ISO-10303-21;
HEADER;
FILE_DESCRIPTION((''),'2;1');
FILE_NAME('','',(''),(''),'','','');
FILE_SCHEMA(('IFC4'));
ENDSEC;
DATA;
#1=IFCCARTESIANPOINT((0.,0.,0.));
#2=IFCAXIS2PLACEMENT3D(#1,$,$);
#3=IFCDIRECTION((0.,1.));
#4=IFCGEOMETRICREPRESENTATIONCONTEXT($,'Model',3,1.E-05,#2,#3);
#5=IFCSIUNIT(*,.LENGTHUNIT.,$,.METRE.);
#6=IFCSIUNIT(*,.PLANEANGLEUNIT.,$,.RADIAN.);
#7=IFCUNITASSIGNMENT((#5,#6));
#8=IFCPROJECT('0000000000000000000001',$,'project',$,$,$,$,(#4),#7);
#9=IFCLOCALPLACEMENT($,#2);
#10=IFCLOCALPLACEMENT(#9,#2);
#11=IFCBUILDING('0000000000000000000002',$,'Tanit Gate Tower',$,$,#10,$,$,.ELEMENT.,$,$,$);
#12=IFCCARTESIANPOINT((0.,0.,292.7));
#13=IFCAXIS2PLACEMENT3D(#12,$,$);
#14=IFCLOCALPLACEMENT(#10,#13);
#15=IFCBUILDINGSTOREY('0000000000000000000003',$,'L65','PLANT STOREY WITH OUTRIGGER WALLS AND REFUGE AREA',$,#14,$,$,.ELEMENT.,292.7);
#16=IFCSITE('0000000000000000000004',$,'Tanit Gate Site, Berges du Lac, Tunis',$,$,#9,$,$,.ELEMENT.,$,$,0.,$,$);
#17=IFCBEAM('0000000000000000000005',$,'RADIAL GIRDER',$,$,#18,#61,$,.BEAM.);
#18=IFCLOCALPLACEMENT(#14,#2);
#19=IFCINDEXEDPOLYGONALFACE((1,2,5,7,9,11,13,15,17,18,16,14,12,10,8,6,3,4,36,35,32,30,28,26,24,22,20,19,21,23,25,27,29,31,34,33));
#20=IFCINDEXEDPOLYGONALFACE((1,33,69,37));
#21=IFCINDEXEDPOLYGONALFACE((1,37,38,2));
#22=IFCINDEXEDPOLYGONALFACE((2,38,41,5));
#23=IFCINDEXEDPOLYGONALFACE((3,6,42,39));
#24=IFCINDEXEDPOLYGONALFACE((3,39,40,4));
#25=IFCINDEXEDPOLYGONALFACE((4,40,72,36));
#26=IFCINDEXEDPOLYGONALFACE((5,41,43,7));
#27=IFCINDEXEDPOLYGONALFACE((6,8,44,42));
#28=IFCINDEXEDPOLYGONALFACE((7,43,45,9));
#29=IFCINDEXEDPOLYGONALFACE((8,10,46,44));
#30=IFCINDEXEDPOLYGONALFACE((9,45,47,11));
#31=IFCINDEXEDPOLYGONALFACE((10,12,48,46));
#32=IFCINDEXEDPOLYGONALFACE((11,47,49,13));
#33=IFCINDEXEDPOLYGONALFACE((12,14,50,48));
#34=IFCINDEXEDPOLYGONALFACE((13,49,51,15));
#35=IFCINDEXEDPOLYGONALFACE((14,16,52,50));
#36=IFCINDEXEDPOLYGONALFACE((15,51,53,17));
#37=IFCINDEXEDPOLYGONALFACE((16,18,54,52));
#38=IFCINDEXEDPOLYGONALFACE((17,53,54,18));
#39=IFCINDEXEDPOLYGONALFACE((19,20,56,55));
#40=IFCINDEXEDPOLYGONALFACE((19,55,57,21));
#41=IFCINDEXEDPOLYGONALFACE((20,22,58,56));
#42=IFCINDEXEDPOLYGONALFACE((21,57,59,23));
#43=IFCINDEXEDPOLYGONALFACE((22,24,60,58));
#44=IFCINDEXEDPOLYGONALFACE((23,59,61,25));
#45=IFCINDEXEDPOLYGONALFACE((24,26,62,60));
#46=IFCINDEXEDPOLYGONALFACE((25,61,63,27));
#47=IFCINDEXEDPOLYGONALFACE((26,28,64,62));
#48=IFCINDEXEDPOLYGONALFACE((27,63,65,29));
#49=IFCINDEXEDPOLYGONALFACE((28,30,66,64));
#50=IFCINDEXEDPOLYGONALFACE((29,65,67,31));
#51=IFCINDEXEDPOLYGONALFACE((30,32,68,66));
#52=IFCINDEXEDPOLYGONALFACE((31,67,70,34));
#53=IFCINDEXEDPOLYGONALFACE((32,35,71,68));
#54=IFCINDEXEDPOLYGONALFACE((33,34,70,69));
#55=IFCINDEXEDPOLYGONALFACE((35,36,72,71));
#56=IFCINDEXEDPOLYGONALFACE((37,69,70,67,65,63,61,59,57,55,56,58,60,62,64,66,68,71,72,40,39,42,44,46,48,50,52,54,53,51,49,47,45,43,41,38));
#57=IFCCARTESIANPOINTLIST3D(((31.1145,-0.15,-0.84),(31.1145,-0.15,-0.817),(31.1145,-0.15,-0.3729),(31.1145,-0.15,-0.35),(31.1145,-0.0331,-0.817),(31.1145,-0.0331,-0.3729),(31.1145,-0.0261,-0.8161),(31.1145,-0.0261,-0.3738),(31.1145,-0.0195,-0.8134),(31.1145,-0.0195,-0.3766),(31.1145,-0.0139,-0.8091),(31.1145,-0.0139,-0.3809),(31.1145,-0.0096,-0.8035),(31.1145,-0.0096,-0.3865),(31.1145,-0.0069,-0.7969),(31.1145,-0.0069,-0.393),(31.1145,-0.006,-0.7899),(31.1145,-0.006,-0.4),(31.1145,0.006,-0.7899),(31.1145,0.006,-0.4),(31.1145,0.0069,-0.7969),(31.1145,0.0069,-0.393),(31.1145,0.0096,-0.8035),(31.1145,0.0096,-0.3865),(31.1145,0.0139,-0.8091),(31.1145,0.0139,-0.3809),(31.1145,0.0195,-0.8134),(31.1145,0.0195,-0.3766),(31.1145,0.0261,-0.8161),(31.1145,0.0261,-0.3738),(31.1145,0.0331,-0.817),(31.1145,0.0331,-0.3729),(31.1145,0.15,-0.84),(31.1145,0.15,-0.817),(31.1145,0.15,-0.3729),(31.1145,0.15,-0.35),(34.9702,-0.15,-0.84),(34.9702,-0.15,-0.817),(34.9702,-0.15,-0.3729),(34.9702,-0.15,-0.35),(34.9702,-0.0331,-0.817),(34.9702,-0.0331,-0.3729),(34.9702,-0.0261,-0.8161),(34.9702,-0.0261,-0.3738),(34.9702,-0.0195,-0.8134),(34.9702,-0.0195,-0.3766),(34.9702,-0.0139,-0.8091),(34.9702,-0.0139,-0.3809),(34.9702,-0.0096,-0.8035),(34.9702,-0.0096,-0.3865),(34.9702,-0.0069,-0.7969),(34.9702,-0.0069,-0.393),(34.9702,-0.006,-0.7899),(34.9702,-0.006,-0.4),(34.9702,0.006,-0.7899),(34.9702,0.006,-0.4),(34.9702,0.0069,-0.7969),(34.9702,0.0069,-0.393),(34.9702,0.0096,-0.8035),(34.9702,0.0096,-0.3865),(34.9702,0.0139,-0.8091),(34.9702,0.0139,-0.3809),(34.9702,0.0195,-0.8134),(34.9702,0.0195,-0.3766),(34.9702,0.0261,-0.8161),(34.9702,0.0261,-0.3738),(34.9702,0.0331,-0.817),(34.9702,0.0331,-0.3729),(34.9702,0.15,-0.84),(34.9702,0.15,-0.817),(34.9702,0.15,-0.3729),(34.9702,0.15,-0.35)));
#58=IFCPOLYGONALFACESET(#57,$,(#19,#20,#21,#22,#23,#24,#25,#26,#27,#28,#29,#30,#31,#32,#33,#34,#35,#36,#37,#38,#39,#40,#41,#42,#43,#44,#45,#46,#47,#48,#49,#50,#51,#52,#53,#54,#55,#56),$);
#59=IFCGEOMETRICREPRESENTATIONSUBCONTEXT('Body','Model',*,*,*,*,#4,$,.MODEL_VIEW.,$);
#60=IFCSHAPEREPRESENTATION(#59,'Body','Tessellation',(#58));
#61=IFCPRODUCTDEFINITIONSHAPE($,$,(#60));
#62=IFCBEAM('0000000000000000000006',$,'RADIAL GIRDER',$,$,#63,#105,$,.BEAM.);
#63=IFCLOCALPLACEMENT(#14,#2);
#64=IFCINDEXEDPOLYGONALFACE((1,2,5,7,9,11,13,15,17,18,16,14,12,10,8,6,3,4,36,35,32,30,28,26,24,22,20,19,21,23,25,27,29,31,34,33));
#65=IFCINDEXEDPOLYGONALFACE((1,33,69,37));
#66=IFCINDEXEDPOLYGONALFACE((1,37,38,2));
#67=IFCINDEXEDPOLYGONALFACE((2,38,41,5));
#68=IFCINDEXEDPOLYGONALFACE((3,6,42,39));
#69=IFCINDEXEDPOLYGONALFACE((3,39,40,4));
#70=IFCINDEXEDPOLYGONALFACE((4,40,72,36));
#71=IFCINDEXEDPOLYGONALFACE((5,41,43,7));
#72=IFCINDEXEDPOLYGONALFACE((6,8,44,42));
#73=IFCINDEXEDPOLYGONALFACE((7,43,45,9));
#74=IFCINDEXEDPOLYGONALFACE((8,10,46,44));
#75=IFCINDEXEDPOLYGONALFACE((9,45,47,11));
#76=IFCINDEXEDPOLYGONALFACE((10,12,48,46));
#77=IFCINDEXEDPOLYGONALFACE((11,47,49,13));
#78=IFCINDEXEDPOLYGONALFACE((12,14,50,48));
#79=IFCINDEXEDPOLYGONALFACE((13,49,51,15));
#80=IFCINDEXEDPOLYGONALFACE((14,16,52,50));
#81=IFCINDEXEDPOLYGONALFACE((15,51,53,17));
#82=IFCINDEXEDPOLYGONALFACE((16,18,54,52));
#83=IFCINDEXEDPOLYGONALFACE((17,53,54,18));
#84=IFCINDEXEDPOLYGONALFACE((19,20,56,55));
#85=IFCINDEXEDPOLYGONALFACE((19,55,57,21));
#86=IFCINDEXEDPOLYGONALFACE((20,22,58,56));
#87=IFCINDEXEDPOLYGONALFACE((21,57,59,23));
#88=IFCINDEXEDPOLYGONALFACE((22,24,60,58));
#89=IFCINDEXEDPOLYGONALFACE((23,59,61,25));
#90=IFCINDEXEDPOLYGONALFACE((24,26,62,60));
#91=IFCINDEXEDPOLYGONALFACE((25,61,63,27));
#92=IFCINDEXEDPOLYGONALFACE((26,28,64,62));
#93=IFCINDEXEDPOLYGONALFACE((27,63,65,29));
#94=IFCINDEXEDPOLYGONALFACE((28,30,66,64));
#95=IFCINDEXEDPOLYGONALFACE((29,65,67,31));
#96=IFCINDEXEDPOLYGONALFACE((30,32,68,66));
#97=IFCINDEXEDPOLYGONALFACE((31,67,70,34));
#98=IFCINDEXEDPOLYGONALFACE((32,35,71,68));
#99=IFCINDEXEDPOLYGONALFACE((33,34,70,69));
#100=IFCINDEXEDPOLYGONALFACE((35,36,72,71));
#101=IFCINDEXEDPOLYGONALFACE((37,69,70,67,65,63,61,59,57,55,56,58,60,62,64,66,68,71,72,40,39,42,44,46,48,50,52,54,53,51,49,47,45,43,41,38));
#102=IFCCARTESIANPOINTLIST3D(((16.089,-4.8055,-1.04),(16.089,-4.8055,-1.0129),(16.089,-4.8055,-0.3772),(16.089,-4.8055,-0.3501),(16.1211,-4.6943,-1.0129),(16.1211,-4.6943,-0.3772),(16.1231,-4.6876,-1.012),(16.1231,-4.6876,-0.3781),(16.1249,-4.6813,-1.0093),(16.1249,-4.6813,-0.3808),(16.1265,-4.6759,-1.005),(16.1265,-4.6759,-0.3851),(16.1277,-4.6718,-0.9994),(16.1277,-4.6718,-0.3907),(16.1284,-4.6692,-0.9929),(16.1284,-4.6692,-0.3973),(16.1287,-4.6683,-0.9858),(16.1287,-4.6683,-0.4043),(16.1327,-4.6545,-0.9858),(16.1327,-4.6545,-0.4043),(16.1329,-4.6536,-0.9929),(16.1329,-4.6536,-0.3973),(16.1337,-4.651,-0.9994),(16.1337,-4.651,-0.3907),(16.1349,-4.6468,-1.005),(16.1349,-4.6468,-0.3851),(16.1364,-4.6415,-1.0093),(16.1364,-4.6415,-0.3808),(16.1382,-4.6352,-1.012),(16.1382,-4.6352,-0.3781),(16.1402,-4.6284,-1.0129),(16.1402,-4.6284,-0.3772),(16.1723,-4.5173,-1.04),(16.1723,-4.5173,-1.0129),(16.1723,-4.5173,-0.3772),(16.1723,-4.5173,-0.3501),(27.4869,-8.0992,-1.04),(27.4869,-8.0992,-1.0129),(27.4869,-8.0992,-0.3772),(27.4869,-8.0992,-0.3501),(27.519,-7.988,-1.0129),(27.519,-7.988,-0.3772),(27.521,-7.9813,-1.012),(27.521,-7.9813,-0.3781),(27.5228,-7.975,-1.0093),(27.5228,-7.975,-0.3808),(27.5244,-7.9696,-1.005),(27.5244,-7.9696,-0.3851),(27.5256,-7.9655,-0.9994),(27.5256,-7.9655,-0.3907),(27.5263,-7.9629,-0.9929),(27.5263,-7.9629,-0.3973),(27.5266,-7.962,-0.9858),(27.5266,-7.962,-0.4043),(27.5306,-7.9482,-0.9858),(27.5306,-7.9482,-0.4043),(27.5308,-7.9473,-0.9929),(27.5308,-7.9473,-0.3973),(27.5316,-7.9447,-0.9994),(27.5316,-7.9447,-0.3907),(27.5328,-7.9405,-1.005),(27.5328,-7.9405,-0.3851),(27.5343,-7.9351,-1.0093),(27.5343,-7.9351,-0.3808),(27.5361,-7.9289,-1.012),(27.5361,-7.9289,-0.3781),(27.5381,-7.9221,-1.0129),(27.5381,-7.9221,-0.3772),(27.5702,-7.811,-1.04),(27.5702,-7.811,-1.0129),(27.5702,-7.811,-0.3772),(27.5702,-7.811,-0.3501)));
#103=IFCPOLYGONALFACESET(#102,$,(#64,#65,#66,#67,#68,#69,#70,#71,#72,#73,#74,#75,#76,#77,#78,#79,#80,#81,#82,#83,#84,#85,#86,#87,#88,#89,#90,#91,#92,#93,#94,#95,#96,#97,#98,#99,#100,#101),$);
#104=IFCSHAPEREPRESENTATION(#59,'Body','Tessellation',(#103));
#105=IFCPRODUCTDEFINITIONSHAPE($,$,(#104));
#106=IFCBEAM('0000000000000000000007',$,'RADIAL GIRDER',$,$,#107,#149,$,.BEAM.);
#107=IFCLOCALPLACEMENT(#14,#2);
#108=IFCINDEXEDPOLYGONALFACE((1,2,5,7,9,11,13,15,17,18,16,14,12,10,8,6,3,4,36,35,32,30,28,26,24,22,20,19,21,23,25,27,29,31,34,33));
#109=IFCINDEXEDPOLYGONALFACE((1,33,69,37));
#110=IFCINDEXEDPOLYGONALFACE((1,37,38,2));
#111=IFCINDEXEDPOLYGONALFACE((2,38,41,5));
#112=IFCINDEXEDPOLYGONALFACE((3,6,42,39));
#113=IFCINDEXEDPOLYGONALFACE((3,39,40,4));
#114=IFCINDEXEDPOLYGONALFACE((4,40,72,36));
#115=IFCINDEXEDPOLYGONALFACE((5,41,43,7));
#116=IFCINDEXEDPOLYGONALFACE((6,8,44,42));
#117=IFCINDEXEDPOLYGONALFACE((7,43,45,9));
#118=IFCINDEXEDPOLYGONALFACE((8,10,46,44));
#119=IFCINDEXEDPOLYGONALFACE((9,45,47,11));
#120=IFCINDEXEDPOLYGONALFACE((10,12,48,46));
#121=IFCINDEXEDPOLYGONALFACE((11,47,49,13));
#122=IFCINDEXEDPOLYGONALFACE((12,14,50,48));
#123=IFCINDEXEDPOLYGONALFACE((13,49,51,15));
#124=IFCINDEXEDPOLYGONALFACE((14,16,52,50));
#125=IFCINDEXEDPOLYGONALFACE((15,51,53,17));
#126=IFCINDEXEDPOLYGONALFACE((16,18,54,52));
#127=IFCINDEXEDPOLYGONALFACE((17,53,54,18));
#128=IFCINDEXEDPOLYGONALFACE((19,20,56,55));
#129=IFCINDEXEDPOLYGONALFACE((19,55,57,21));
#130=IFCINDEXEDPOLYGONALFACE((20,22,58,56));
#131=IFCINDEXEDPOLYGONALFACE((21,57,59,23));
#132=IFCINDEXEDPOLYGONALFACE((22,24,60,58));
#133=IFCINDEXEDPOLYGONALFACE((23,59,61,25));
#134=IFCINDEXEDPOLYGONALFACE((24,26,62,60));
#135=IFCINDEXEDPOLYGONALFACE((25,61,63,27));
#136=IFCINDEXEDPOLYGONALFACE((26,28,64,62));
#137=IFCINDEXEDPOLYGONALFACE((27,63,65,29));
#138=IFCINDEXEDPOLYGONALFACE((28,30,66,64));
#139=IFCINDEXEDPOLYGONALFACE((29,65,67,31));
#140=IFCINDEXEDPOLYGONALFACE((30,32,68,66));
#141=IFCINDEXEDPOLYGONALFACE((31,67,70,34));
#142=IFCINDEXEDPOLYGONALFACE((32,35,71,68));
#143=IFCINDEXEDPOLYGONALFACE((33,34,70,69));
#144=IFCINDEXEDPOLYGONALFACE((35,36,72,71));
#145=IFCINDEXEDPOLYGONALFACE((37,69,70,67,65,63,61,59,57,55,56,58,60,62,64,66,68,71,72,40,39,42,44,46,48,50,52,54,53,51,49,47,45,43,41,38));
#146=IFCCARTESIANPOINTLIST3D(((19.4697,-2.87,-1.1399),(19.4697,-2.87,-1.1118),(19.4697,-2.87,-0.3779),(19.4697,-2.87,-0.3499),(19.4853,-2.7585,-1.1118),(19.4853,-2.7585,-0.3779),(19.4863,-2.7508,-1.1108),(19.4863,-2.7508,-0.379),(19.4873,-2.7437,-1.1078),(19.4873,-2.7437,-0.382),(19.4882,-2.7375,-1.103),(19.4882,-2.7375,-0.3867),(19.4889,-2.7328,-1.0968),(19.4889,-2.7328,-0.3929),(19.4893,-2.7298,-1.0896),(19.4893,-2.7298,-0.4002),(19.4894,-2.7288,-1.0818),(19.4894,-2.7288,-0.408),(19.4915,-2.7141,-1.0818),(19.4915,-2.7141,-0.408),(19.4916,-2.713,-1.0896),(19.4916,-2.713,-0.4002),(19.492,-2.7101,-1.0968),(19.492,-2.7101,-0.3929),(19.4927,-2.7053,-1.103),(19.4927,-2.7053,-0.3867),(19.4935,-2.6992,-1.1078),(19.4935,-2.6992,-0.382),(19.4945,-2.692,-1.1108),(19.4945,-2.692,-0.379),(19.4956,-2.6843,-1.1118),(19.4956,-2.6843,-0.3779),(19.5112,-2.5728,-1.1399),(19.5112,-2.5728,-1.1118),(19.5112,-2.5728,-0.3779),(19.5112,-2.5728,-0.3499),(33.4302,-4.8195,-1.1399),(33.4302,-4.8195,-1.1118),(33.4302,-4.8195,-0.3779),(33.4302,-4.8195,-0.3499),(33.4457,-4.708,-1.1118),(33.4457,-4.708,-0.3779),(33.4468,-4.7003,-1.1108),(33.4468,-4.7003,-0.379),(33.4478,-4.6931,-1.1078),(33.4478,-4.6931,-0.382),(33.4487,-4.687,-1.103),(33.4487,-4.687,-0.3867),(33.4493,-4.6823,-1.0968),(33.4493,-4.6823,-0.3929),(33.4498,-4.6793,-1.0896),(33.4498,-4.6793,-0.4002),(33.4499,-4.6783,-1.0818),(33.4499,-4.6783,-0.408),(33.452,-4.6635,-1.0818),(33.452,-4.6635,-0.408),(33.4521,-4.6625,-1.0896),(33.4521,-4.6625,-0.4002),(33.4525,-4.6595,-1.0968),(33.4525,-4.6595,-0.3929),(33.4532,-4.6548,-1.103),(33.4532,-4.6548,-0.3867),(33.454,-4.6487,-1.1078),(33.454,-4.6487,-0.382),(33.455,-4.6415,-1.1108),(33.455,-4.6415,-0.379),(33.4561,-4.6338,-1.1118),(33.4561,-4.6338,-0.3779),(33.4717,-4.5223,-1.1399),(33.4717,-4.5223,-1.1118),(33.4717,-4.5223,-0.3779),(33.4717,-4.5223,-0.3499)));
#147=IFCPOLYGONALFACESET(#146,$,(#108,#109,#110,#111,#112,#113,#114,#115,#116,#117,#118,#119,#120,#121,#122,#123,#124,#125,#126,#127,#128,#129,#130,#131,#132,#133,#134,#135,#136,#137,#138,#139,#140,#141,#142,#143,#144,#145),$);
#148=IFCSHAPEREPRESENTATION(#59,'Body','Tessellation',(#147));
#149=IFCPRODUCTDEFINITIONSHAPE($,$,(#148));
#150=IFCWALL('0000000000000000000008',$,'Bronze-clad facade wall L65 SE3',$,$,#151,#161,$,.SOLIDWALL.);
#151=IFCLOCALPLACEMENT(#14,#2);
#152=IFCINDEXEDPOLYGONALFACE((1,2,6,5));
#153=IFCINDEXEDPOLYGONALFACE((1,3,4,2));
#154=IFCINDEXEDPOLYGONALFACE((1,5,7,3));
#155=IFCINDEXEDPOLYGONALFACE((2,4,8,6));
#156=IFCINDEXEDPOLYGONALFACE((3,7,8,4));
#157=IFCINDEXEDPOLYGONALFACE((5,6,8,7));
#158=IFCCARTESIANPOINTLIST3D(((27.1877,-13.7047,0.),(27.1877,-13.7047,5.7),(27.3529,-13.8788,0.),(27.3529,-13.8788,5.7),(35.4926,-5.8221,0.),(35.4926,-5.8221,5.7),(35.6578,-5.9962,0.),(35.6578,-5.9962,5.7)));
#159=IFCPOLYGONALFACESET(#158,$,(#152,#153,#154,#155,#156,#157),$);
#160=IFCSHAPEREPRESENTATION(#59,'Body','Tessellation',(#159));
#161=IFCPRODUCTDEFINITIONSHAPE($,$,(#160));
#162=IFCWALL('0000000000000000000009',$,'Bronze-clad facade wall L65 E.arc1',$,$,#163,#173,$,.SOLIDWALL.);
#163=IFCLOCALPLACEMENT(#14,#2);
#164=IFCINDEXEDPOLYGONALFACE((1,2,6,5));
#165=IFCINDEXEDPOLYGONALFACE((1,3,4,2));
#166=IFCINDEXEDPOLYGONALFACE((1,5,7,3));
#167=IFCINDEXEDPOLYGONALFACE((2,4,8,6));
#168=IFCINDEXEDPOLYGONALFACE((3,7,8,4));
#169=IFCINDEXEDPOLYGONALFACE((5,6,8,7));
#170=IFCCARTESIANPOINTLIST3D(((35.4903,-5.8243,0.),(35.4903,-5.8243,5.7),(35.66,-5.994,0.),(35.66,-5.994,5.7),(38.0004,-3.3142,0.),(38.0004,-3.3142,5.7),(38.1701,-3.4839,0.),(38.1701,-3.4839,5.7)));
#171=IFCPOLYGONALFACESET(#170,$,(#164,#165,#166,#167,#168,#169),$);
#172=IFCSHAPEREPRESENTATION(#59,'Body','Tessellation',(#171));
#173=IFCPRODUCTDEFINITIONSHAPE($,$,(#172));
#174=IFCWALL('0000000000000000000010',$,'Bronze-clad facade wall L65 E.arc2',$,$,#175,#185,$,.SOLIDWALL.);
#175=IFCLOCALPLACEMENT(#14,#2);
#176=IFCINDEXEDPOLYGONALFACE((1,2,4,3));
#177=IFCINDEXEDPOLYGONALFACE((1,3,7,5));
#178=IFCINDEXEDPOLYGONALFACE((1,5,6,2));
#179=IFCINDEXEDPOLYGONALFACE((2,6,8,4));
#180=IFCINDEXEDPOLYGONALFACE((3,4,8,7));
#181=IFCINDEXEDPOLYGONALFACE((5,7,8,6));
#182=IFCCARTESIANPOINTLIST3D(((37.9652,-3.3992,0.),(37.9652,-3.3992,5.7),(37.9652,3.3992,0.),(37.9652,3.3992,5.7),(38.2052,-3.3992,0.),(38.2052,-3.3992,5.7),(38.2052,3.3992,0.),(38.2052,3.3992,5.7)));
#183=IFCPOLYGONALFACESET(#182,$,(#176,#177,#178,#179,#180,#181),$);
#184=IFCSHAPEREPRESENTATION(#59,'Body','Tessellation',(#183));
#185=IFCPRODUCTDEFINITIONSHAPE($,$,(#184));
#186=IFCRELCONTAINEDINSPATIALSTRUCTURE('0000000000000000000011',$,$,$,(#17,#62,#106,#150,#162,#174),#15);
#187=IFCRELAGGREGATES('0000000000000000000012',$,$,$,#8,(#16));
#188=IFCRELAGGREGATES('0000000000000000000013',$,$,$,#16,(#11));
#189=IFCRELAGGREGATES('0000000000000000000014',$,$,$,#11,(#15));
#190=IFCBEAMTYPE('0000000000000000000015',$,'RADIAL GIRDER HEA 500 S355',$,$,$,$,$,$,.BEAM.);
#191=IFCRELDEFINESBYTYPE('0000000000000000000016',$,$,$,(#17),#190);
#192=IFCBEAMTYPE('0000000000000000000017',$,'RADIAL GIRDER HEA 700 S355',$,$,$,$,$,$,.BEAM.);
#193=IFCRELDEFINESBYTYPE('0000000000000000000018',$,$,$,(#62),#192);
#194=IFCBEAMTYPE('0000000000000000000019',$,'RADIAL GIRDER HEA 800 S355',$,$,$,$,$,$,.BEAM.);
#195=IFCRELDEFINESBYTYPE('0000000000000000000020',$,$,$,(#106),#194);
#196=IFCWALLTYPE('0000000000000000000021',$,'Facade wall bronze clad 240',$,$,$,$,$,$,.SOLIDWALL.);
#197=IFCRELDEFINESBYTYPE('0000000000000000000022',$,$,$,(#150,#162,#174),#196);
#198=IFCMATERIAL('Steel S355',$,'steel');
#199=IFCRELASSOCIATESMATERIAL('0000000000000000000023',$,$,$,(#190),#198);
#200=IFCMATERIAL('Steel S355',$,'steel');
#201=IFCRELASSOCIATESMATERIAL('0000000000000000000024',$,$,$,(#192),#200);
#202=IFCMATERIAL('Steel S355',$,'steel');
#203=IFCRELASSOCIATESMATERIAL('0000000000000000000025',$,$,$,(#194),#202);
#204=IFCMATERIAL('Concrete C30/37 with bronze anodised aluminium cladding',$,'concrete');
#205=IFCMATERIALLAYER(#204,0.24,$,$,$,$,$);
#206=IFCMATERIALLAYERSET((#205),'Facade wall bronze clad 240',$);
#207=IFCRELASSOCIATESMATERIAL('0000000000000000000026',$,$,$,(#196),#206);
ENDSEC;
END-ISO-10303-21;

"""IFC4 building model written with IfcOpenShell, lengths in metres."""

from ifc_helpers import new_model, si_unit, direction, frame, frame_2d, origin, origin_2d, place, context, subcontext, project, spatial, rectangle, i_section, extrude, material, layer, layer_set, material_profile, profile_set, type_object, element, save


model = new_model("IFC4")

# Units and contexts
model_context = context("Model", 3, precision=1e-05, world=origin(), true_north=direction((0.0, 1.0)))
body_context = subcontext(model_context, "Body", "Model", "MODEL_VIEW")
ifc_project = project(units=[si_unit("LENGTHUNIT", "METRE"), si_unit("PLANEANGLEUNIT", "RADIAN")], contexts=[model_context])

# Site, building, storey
site_placement = place(None, origin())
site = spatial("IfcSite", under=ifc_project, at=site_placement, Name="Tanit Gate Site, Berges du Lac, Tunis", CompositionType="ELEMENT", RefElevation=0.0)
building_placement = place(site_placement, origin())
building = spatial("IfcBuilding", under=site, at=building_placement, Name="Tanit Gate Tower", CompositionType="ELEMENT")
storey_placement = place(building_placement, frame((0.0, 0.0, 292.7)))
storey = spatial("IfcBuildingStorey", under=building, at=storey_placement, Name="L65", Description="PLANT STOREY WITH OUTRIGGER WALLS AND REFUGE AREA", CompositionType="ELEMENT", Elevation=292.7)

# Beams
ifc_material_1 = material(Name="Steel S355", Category="steel")
ifc_material_profile_1 = material_profile(ifc_material_1, i_section(OverallWidth=0.3, OverallDepth=0.49, WebThickness=0.012, FlangeThickness=0.0229, FilletRadius=0.0271, at=origin_2d()), Name="HEA 500")
ifc_profile_set_1 = profile_set([ifc_material_profile_1], Name="Steel S355")
beam_type_1 = type_object("IfcBeamType", Name="RADIAL GIRDER HEA 500 S355", PredefinedType="BEAM", material=ifc_profile_set_1)
beam_1_placement = place(storey_placement, frame((34.9702, 0.0, -0.595), z_axis=(-1.0, 0.0, 0.0), x_axis=(0.0, -1.0, 0.0)))
element("IfcBeam", 1, at=beam_1_placement, inside=storey, type_object=beam_type_1, Name="RADIAL GIRDER", PredefinedType="BEAM", context=body_context, shape_type="SweptSolid", body=[
    extrude(i_section(OverallWidth=0.3, OverallDepth=0.49, WebThickness=0.012, FlangeThickness=0.0229, FilletRadius=0.0271, at=origin_2d()), origin(), (0.0, 0.0, 1.0), 3.8557),
])
ifc_material_2 = material(Name="Steel S355", Category="steel")
ifc_material_profile_2 = material_profile(ifc_material_2, i_section(OverallWidth=0.3, OverallDepth=0.6899, WebThickness=0.0144, FlangeThickness=0.0271, FilletRadius=0.0271, at=origin_2d()), Name="HEA 700")
ifc_profile_set_2 = profile_set([ifc_material_profile_2], Name="Steel S355")
beam_type_2 = type_object("IfcBeamType", Name="RADIAL GIRDER HEA 700 S355", PredefinedType="BEAM", material=ifc_profile_set_2)
beam_2_placement = place(storey_placement, frame((27.5286, -7.9551, -0.6951), z_axis=(-0.960693, 0.277614, 0.0), x_axis=(-0.277614, -0.960693, 0.0)))
element("IfcBeam", 2, at=beam_2_placement, inside=storey, type_object=beam_type_2, Name="RADIAL GIRDER", PredefinedType="BEAM", context=body_context, shape_type="SweptSolid", body=[
    extrude(i_section(OverallWidth=0.3, OverallDepth=0.6899, WebThickness=0.0144, FlangeThickness=0.0271, FilletRadius=0.0271, at=origin_2d()), origin(), (0.0, 0.0, 1.0), 11.8643),
])
ifc_material_3 = material(Name="Steel S355", Category="steel")
ifc_material_profile_3 = material_profile(ifc_material_3, i_section(OverallWidth=0.3, OverallDepth=0.79, WebThickness=0.0149, FlangeThickness=0.0281, FilletRadius=0.03, at=origin_2d()), Name="HEA 800")
ifc_profile_set_3 = profile_set([ifc_material_profile_3], Name="Steel S355")
beam_type_3 = type_object("IfcBeamType", Name="RADIAL GIRDER HEA 800 S355", PredefinedType="BEAM", material=ifc_profile_set_3)
beam_3_placement = place(storey_placement, frame((33.4509, -4.6709, -0.7449), z_axis=(-0.99039, 0.1383, 0.0), x_axis=(-0.1383, -0.99039, 0.0)))
element("IfcBeam", 3, at=beam_3_placement, inside=storey, type_object=beam_type_3, Name="RADIAL GIRDER", PredefinedType="BEAM", context=body_context, shape_type="SweptSolid", body=[
    extrude(i_section(OverallWidth=0.3, OverallDepth=0.79, WebThickness=0.0149, FlangeThickness=0.0281, FilletRadius=0.03, at=origin_2d()), origin(), (0.0, 0.0, 1.0), 14.0959),
])

# Walls
ifc_material_4 = material(Name="Concrete C30/37 with bronze anodised aluminium cladding", Category="concrete")
ifc_layer_1 = layer(ifc_material_4, 0.24)
ifc_layer_set_1 = layer_set([ifc_layer_1], Name="Facade wall bronze clad 240")
wall_type_1 = type_object("IfcWallType", Name="Facade wall bronze clad 240", PredefinedType="SOLIDWALL", material=ifc_layer_set_1)
wall_1_placement = place(storey_placement, frame((27.2703, -13.7917, 0.0), z_axis=(0.0, 0.0, 1.0), x_axis=(0.72531, 0.688423, 0.0)))
element("IfcWall", 4, at=wall_1_placement, inside=storey, type_object=wall_type_1, Name="Bronze-clad facade wall L65 SE3", PredefinedType="SOLIDWALL", context=body_context, shape_type="SweptSolid", body=[
    extrude(rectangle(XDim=11.4502, YDim=0.24, at=frame_2d((5.7251, 0.0))), origin(), (0.0, 0.0, 1.0), 5.7),
])
wall_2_placement = place(storey_placement, frame((35.5752, -5.9092, 0.0), z_axis=(0.0, 0.0, 1.0), x_axis=(0.707107, 0.707107, 0.0)))
element("IfcWall", 5, at=wall_2_placement, inside=storey, type_object=wall_type_1, Name="Bronze-clad facade wall L65 E.arc1", PredefinedType="SOLIDWALL", context=body_context, shape_type="SweptSolid", body=[
    extrude(rectangle(XDim=3.5498, YDim=0.24, at=frame_2d((1.7749, 0.0))), origin(), (0.0, 0.0, 1.0), 5.7),
])
wall_3_placement = place(storey_placement, frame((38.0852, -3.3992, 0.0), z_axis=(0.0, 0.0, 1.0), x_axis=(0.0, 1.0, 0.0)))
element("IfcWall", 6, at=wall_3_placement, inside=storey, type_object=wall_type_1, Name="Bronze-clad facade wall L65 E.arc2", PredefinedType="SOLIDWALL", context=body_context, shape_type="SweptSolid", body=[
    extrude(rectangle(XDim=6.7983, YDim=0.24, at=frame_2d((3.3992, 0.0))), origin(), (0.0, 0.0, 1.0), 5.7),
])

save(model, "model.ifc")
